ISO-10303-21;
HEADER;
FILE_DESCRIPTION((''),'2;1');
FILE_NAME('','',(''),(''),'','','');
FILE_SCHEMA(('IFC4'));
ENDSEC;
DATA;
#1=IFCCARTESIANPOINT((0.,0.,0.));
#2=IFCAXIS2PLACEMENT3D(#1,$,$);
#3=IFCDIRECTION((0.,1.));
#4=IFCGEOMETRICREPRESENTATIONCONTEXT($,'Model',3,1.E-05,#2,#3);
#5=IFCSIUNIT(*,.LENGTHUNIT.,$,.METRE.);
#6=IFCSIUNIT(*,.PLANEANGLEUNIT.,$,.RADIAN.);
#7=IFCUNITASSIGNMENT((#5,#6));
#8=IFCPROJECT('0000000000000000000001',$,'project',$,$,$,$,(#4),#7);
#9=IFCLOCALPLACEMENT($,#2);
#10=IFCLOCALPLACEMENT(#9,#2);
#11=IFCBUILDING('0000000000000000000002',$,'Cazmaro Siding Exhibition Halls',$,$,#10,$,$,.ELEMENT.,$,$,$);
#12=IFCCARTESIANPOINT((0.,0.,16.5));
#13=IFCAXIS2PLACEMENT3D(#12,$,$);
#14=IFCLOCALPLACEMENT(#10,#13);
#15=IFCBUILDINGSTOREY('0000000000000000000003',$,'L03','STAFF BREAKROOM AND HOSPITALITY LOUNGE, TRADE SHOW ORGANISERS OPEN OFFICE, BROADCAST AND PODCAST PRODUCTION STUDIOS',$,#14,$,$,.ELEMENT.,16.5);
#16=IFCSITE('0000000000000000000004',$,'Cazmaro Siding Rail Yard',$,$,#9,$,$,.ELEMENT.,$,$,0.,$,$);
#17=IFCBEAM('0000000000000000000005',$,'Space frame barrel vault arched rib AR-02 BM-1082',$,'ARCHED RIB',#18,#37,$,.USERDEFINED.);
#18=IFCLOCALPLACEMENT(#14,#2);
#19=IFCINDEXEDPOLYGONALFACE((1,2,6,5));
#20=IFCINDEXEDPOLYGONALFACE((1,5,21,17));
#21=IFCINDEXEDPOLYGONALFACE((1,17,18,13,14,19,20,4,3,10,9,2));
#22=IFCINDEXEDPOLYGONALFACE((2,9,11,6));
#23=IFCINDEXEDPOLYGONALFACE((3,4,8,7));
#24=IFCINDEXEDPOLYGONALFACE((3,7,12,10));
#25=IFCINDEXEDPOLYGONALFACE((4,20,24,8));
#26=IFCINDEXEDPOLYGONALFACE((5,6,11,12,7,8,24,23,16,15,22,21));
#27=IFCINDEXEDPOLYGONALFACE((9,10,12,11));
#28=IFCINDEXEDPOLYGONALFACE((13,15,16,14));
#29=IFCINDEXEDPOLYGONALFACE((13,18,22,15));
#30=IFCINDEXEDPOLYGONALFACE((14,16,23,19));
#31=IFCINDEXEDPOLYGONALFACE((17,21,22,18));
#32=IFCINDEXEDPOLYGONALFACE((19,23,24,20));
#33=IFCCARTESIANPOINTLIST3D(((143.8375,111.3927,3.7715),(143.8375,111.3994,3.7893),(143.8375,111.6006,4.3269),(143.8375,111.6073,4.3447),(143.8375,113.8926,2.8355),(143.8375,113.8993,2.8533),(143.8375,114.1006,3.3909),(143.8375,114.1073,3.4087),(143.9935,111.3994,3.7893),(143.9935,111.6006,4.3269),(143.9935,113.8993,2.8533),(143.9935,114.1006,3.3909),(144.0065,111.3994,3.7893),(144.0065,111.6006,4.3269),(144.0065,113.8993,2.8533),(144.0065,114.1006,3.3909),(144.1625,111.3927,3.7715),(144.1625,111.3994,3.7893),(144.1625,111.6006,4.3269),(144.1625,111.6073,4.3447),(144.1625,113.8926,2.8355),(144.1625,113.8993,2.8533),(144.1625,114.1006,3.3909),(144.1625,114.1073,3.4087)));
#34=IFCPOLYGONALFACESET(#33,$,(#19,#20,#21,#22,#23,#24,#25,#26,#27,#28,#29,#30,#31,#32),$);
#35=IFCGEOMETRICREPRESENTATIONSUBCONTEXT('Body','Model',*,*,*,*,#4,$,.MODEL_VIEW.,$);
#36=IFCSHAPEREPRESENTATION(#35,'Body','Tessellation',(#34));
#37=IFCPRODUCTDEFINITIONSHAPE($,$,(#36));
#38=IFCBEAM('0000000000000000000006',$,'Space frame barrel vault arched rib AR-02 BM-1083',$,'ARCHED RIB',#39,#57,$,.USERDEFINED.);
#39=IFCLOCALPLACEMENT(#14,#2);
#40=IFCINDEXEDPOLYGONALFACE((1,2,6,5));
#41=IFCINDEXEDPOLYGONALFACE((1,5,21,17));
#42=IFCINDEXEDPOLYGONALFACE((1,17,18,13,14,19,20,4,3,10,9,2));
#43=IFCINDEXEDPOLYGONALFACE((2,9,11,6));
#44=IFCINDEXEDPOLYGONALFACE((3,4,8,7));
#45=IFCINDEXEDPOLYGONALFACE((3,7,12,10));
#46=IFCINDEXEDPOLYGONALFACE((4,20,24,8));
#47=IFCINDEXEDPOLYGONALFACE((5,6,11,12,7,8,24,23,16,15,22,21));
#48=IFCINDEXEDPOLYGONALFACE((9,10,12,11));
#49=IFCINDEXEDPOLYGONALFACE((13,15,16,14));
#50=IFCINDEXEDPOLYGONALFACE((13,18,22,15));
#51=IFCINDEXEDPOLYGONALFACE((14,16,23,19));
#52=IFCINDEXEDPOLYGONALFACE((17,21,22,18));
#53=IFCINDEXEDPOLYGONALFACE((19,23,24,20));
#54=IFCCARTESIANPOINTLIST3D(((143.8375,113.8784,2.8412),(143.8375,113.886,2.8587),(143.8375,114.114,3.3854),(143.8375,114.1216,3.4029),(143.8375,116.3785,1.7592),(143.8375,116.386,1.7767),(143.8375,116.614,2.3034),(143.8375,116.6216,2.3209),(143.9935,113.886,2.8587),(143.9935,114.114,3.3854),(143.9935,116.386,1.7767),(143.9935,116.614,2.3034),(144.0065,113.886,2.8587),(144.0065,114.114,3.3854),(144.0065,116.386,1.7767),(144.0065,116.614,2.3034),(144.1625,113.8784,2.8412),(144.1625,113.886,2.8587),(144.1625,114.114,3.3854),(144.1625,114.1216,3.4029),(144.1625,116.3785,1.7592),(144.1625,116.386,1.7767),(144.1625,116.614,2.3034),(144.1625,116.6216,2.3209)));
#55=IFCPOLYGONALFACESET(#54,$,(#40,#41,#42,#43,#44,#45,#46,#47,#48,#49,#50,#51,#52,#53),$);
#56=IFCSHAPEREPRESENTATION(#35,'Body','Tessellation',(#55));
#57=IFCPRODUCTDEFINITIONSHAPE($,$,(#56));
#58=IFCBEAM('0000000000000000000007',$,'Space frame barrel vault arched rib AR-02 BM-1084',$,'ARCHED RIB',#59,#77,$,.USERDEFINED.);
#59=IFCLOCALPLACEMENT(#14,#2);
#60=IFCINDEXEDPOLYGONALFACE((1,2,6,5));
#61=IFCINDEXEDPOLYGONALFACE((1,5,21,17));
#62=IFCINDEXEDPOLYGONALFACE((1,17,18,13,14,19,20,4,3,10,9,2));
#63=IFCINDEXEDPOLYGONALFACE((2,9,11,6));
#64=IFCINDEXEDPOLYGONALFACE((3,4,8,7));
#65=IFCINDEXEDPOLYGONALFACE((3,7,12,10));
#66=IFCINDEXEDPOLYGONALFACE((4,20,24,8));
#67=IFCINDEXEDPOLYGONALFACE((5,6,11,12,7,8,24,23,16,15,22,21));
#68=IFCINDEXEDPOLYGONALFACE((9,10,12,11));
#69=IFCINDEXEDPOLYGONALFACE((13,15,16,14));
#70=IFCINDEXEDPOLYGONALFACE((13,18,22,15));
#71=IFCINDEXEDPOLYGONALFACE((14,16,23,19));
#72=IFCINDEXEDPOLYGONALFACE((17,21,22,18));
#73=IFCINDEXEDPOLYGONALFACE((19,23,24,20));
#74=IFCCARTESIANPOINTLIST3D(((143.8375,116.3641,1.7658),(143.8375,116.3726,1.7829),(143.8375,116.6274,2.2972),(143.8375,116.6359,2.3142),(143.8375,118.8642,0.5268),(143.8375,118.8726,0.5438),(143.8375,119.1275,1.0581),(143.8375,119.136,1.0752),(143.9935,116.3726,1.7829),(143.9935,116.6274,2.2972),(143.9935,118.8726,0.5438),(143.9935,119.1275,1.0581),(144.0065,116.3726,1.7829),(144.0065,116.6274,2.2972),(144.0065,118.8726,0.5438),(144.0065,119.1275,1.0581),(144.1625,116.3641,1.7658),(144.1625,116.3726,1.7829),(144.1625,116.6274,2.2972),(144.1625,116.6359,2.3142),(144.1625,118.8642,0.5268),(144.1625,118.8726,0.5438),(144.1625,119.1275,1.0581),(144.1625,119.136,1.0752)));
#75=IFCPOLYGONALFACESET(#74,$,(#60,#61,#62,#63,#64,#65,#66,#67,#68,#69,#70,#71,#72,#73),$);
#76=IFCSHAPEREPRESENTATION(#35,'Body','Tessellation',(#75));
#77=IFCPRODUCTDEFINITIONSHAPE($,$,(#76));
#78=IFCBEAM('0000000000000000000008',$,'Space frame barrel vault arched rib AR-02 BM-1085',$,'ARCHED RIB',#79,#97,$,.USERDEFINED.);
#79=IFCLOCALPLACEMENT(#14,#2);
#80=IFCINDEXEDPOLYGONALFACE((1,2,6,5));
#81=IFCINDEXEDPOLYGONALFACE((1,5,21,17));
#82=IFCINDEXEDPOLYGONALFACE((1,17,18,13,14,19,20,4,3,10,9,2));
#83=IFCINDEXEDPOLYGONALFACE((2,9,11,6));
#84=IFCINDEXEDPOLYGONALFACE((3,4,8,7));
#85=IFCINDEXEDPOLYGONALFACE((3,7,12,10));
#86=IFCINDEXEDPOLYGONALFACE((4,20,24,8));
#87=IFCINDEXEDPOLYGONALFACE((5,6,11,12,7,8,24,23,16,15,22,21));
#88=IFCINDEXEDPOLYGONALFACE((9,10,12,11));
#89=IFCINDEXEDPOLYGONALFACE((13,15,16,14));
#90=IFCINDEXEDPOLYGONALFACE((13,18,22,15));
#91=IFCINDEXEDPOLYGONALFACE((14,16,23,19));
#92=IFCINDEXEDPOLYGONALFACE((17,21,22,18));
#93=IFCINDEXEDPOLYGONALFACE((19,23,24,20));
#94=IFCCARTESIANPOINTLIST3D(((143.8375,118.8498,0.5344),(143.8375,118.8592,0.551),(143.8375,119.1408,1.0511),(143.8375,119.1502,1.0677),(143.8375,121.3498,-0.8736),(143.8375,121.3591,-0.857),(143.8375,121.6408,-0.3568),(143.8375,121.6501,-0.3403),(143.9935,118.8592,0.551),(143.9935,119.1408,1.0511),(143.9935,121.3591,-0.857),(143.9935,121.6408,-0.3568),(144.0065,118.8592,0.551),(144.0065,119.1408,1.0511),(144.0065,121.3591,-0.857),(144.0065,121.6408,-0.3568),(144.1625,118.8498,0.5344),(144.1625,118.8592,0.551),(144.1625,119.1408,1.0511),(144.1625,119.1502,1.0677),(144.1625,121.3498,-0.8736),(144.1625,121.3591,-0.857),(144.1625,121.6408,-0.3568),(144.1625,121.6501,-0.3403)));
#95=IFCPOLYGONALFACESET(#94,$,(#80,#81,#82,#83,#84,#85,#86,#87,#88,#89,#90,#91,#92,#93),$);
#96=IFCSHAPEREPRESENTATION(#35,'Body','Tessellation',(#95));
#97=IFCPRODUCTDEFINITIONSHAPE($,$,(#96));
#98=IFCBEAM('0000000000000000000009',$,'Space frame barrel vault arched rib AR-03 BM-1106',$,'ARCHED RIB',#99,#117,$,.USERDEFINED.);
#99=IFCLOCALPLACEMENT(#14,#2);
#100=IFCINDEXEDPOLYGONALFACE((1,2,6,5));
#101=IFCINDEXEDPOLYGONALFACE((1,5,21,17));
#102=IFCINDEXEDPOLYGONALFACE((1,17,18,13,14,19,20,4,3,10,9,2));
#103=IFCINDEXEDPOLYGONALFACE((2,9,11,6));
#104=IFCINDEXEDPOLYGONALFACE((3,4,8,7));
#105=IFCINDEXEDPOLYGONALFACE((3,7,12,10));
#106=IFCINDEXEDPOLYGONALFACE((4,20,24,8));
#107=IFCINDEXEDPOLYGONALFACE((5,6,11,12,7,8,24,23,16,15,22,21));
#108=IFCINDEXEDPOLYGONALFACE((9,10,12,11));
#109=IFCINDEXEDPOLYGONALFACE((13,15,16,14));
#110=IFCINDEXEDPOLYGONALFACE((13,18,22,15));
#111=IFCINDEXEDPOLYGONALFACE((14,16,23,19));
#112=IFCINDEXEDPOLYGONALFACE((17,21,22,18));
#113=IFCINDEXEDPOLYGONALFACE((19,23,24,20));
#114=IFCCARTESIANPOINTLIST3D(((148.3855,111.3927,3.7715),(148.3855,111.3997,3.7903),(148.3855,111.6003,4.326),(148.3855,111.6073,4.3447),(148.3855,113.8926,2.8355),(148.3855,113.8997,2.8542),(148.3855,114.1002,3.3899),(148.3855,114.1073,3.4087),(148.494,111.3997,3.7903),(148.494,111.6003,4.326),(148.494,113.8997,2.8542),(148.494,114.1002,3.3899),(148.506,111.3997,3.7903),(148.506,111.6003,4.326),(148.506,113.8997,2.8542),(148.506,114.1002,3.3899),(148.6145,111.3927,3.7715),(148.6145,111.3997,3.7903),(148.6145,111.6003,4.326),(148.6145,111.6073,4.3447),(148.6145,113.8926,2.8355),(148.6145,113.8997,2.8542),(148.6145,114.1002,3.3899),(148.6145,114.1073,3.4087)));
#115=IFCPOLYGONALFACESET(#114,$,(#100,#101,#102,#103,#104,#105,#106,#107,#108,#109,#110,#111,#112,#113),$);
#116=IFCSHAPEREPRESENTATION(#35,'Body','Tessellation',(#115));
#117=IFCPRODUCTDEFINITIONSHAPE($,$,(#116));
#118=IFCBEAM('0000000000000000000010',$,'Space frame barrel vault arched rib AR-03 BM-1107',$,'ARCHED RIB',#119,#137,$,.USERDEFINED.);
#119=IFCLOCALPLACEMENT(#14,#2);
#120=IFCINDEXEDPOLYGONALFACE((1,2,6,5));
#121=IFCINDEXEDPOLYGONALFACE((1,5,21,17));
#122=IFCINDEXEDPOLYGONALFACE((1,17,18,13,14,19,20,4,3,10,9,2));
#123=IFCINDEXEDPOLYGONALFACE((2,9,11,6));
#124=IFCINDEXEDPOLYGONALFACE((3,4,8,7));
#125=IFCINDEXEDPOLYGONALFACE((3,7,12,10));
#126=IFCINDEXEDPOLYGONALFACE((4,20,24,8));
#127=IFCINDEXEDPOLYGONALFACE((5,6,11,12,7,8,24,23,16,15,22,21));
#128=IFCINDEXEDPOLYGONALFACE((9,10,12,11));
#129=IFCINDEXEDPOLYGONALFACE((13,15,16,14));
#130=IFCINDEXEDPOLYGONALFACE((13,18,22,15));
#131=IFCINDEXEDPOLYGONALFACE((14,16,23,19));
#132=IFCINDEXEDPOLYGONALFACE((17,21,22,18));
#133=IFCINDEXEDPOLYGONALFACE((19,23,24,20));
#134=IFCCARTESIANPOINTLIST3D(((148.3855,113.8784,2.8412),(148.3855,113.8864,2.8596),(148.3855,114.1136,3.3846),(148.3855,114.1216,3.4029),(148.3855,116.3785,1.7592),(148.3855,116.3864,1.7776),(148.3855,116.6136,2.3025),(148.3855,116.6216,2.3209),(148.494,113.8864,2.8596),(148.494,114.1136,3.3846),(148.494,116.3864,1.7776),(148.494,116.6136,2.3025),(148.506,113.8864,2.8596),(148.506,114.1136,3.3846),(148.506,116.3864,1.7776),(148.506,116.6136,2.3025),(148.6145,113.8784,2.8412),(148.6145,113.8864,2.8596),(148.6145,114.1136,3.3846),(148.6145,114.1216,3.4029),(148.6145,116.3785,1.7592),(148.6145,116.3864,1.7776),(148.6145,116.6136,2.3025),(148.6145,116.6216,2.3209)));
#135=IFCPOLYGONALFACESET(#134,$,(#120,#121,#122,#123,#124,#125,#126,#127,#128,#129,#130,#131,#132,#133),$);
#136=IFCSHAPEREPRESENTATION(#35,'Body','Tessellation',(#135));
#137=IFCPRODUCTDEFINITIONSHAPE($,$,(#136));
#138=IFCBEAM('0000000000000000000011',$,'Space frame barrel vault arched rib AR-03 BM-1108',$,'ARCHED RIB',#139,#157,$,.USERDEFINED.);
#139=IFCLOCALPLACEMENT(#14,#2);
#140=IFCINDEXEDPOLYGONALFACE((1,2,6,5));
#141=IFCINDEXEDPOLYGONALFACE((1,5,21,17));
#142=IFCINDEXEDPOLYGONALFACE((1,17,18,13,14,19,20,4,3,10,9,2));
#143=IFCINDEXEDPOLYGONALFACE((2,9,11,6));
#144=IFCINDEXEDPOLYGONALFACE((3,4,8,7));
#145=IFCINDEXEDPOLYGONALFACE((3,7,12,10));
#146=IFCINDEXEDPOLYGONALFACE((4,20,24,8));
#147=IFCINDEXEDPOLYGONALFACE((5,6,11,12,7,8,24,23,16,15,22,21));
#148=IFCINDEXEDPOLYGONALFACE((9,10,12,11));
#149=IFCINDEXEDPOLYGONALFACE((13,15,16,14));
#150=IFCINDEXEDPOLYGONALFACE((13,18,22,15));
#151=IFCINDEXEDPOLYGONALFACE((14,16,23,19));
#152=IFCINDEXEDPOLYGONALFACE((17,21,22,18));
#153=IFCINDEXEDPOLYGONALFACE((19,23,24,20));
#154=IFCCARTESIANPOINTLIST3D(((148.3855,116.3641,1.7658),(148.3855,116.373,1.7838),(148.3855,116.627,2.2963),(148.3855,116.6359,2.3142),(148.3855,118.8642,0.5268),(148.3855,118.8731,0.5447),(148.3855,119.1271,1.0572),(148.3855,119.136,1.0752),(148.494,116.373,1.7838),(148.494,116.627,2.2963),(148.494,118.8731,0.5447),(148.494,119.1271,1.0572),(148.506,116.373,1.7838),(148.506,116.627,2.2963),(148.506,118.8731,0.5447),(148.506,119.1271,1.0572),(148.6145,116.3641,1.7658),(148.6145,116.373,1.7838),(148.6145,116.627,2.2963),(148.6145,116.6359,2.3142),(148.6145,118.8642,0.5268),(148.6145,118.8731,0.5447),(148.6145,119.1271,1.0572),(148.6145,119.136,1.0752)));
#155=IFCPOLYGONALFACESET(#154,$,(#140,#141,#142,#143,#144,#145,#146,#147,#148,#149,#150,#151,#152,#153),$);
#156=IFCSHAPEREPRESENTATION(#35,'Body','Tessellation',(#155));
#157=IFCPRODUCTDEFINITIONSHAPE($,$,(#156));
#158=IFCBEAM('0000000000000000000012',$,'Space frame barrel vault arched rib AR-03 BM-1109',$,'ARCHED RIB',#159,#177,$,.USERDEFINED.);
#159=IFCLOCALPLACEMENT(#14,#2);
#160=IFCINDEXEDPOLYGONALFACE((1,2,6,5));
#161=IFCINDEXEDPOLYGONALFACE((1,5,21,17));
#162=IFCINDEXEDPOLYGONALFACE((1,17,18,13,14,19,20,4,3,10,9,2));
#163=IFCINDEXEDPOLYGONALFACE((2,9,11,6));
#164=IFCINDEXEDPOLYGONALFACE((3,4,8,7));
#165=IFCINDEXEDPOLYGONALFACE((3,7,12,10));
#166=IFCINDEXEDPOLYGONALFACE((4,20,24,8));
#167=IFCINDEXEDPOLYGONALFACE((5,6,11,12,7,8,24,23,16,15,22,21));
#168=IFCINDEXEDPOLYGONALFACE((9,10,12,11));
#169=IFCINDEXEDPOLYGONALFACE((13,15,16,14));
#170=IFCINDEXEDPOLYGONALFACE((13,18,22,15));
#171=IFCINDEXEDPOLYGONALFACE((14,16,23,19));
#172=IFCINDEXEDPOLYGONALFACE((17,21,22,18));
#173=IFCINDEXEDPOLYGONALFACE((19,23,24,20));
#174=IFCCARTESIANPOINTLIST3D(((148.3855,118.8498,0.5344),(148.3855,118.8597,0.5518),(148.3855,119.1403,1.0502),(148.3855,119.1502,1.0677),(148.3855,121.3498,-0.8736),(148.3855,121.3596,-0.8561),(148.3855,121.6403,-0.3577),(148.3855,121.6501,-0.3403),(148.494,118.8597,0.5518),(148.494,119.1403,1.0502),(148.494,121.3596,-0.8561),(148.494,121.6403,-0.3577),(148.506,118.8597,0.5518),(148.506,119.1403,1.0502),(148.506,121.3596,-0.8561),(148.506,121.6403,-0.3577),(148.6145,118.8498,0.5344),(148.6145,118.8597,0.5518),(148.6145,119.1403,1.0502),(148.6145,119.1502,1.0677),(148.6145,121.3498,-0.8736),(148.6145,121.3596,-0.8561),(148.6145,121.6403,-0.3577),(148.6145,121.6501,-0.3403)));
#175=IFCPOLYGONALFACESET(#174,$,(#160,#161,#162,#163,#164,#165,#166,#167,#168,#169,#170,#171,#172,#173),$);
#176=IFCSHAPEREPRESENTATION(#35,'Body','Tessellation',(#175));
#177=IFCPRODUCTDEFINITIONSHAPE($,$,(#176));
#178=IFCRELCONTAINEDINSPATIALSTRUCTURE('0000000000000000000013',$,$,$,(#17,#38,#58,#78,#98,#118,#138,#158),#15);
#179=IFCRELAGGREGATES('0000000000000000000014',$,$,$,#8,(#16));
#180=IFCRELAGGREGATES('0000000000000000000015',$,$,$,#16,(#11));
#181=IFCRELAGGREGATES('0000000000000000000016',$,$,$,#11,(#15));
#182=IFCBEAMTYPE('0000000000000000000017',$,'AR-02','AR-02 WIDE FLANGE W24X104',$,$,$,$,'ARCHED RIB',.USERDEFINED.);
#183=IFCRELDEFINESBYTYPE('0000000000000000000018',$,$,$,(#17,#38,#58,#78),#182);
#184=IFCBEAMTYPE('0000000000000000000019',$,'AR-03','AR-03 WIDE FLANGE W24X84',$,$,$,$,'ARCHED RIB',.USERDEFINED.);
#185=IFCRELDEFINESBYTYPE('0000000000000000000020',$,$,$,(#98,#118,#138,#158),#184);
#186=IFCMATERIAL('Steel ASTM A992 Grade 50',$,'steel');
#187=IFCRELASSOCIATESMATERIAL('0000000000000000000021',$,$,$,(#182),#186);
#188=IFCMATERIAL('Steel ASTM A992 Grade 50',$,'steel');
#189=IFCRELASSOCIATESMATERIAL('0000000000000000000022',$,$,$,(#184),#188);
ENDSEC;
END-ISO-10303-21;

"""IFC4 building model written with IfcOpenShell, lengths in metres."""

from ifc_helpers import new_model, si_unit, direction, frame, origin, origin_2d, place, context, subcontext, project, spatial, i_section, extrude, material, material_profile, profile_set, type_object, element, save


model = new_model("IFC4")

# Units and contexts
model_context = context("Model", 3, precision=1e-05, world=origin(), true_north=direction((0.0, 1.0)))
body_context = subcontext(model_context, "Body", "Model", "MODEL_VIEW")
ifc_project = project(units=[si_unit("LENGTHUNIT", "METRE"), si_unit("PLANEANGLEUNIT", "RADIAN")], contexts=[model_context])

# Site, building, storey
site_placement = place(None, origin())
site = spatial("IfcSite", under=ifc_project, at=site_placement, Name="Cazmaro Siding Rail Yard", CompositionType="ELEMENT", RefElevation=0.0)
building_placement = place(site_placement, origin())
building = spatial("IfcBuilding", under=site, at=building_placement, Name="Cazmaro Siding Exhibition Halls", CompositionType="ELEMENT")
storey_placement = place(building_placement, frame((0.0, 0.0, 16.5)))
storey = spatial("IfcBuildingStorey", under=building, at=storey_placement, Name="L03", Description="STAFF BREAKROOM AND HOSPITALITY LOUNGE, TRADE SHOW ORGANISERS OPEN OFFICE, BROADCAST AND PODCAST PRODUCTION STUDIOS", CompositionType="ELEMENT", Elevation=16.5)

# Beams
ifc_material_1 = material(Name="Steel ASTM A992 Grade 50", Category="steel")
ifc_material_profile_1 = material_profile(ifc_material_1, i_section(OverallWidth=0.325, OverallDepth=0.6121, WebThickness=0.0129, FlangeThickness=0.019, at=origin_2d()), Name="W24X104")
ifc_profile_set_1 = profile_set([ifc_material_profile_1], Name="Steel ASTM A992 Grade 50")
beam_type_1 = type_object("IfcBeamType", Name="AR-02", Description="AR-02 WIDE FLANGE W24X104", ElementType="ARCHED RIB", PredefinedType="USERDEFINED", material=ifc_profile_set_1)
beam_1_placement = place(storey_placement, frame((144.0, 111.5, 4.0581), z_axis=(0.0, 0.936509, -0.350642), x_axis=(-1.0, 0.0, 0.0)))
element("IfcBeam", 1, at=beam_1_placement, inside=storey, type_object=beam_type_1, Name="Space frame barrel vault arched rib AR-02 BM-1082", ObjectType="ARCHED RIB", PredefinedType="USERDEFINED", context=body_context, shape_type="SweptSolid", body=[
    extrude(i_section(OverallWidth=0.325, OverallDepth=0.6121, WebThickness=0.0129, FlangeThickness=0.019, at=origin_2d()), origin(), (0.0, 0.0, 1.0), 2.6694),
])
beam_2_placement = place(storey_placement, frame((144.0, 114.0, 3.1221), z_axis=(0.0, 0.91773, -0.397205), x_axis=(-1.0, 0.0, 0.0)))
element("IfcBeam", 2, at=beam_2_placement, inside=storey, type_object=beam_type_1, Name="Space frame barrel vault arched rib AR-02 BM-1083", ObjectType="ARCHED RIB", PredefinedType="USERDEFINED", context=body_context, shape_type="SweptSolid", body=[
    extrude(i_section(OverallWidth=0.325, OverallDepth=0.6121, WebThickness=0.0129, FlangeThickness=0.019, at=origin_2d()), origin(), (0.0, 0.0, 1.0), 2.7241),
])
beam_3_placement = place(storey_placement, frame((144.0, 116.5, 2.04), z_axis=(0.0, 0.895997, -0.444061), x_axis=(-1.0, 0.0, 0.0)))
element("IfcBeam", 3, at=beam_3_placement, inside=storey, type_object=beam_type_1, Name="Space frame barrel vault arched rib AR-02 BM-1084", ObjectType="ARCHED RIB", PredefinedType="USERDEFINED", context=body_context, shape_type="SweptSolid", body=[
    extrude(i_section(OverallWidth=0.325, OverallDepth=0.6121, WebThickness=0.0129, FlangeThickness=0.019, at=origin_2d()), origin(), (0.0, 0.0, 1.0), 2.7903),
])
beam_4_placement = place(storey_placement, frame((144.0, 119.0, 0.801), z_axis=(0.0, 0.871321, -0.490714), x_axis=(-1.0, 0.0, 0.0)))
element("IfcBeam", 4, at=beam_4_placement, inside=storey, type_object=beam_type_1, Name="Space frame barrel vault arched rib AR-02 BM-1085", ObjectType="ARCHED RIB", PredefinedType="USERDEFINED", context=body_context, shape_type="SweptSolid", body=[
    extrude(i_section(OverallWidth=0.325, OverallDepth=0.6121, WebThickness=0.0129, FlangeThickness=0.019, at=origin_2d()), origin(), (0.0, 0.0, 1.0), 2.8691),
])
ifc_material_2 = material(Name="Steel ASTM A992 Grade 50", Category="steel")
ifc_material_profile_2 = material_profile(ifc_material_2, i_section(OverallWidth=0.229, OverallDepth=0.6121, WebThickness=0.012, FlangeThickness=0.02, at=origin_2d()), Name="W24X84")
ifc_profile_set_2 = profile_set([ifc_material_profile_2], Name="Steel ASTM A992 Grade 50")
beam_type_2 = type_object("IfcBeamType", Name="AR-03", Description="AR-03 WIDE FLANGE W24X84", ElementType="ARCHED RIB", PredefinedType="USERDEFINED", material=ifc_profile_set_2)
beam_5_placement = place(storey_placement, frame((148.5, 111.5, 4.0581), z_axis=(0.0, 0.936509, -0.350642), x_axis=(-1.0, 0.0, 0.0)))
element("IfcBeam", 5, at=beam_5_placement, inside=storey, type_object=beam_type_2, Name="Space frame barrel vault arched rib AR-03 BM-1106", ObjectType="ARCHED RIB", PredefinedType="USERDEFINED", context=body_context, shape_type="SweptSolid", body=[
    extrude(i_section(OverallWidth=0.229, OverallDepth=0.6121, WebThickness=0.012, FlangeThickness=0.02, at=origin_2d()), origin(), (0.0, 0.0, 1.0), 2.6694),
])
beam_6_placement = place(storey_placement, frame((148.5, 114.0, 3.1221), z_axis=(0.0, 0.91773, -0.397205), x_axis=(-1.0, 0.0, 0.0)))
element("IfcBeam", 6, at=beam_6_placement, inside=storey, type_object=beam_type_2, Name="Space frame barrel vault arched rib AR-03 BM-1107", ObjectType="ARCHED RIB", PredefinedType="USERDEFINED", context=body_context, shape_type="SweptSolid", body=[
    extrude(i_section(OverallWidth=0.229, OverallDepth=0.6121, WebThickness=0.012, FlangeThickness=0.02, at=origin_2d()), origin(), (0.0, 0.0, 1.0), 2.7241),
])
beam_7_placement = place(storey_placement, frame((148.5, 116.5, 2.04), z_axis=(0.0, 0.895997, -0.444061), x_axis=(-1.0, 0.0, 0.0)))
element("IfcBeam", 7, at=beam_7_placement, inside=storey, type_object=beam_type_2, Name="Space frame barrel vault arched rib AR-03 BM-1108", ObjectType="ARCHED RIB", PredefinedType="USERDEFINED", context=body_context, shape_type="SweptSolid", body=[
    extrude(i_section(OverallWidth=0.229, OverallDepth=0.6121, WebThickness=0.012, FlangeThickness=0.02, at=origin_2d()), origin(), (0.0, 0.0, 1.0), 2.7903),
])
beam_8_placement = place(storey_placement, frame((148.5, 119.0, 0.801), z_axis=(0.0, 0.871321, -0.490714), x_axis=(-1.0, 0.0, 0.0)))
element("IfcBeam", 8, at=beam_8_placement, inside=storey, type_object=beam_type_2, Name="Space frame barrel vault arched rib AR-03 BM-1109", ObjectType="ARCHED RIB", PredefinedType="USERDEFINED", context=body_context, shape_type="SweptSolid", body=[
    extrude(i_section(OverallWidth=0.229, OverallDepth=0.6121, WebThickness=0.012, FlangeThickness=0.02, at=origin_2d()), origin(), (0.0, 0.0, 1.0), 2.8691),
])

save(model, "model.ifc")
